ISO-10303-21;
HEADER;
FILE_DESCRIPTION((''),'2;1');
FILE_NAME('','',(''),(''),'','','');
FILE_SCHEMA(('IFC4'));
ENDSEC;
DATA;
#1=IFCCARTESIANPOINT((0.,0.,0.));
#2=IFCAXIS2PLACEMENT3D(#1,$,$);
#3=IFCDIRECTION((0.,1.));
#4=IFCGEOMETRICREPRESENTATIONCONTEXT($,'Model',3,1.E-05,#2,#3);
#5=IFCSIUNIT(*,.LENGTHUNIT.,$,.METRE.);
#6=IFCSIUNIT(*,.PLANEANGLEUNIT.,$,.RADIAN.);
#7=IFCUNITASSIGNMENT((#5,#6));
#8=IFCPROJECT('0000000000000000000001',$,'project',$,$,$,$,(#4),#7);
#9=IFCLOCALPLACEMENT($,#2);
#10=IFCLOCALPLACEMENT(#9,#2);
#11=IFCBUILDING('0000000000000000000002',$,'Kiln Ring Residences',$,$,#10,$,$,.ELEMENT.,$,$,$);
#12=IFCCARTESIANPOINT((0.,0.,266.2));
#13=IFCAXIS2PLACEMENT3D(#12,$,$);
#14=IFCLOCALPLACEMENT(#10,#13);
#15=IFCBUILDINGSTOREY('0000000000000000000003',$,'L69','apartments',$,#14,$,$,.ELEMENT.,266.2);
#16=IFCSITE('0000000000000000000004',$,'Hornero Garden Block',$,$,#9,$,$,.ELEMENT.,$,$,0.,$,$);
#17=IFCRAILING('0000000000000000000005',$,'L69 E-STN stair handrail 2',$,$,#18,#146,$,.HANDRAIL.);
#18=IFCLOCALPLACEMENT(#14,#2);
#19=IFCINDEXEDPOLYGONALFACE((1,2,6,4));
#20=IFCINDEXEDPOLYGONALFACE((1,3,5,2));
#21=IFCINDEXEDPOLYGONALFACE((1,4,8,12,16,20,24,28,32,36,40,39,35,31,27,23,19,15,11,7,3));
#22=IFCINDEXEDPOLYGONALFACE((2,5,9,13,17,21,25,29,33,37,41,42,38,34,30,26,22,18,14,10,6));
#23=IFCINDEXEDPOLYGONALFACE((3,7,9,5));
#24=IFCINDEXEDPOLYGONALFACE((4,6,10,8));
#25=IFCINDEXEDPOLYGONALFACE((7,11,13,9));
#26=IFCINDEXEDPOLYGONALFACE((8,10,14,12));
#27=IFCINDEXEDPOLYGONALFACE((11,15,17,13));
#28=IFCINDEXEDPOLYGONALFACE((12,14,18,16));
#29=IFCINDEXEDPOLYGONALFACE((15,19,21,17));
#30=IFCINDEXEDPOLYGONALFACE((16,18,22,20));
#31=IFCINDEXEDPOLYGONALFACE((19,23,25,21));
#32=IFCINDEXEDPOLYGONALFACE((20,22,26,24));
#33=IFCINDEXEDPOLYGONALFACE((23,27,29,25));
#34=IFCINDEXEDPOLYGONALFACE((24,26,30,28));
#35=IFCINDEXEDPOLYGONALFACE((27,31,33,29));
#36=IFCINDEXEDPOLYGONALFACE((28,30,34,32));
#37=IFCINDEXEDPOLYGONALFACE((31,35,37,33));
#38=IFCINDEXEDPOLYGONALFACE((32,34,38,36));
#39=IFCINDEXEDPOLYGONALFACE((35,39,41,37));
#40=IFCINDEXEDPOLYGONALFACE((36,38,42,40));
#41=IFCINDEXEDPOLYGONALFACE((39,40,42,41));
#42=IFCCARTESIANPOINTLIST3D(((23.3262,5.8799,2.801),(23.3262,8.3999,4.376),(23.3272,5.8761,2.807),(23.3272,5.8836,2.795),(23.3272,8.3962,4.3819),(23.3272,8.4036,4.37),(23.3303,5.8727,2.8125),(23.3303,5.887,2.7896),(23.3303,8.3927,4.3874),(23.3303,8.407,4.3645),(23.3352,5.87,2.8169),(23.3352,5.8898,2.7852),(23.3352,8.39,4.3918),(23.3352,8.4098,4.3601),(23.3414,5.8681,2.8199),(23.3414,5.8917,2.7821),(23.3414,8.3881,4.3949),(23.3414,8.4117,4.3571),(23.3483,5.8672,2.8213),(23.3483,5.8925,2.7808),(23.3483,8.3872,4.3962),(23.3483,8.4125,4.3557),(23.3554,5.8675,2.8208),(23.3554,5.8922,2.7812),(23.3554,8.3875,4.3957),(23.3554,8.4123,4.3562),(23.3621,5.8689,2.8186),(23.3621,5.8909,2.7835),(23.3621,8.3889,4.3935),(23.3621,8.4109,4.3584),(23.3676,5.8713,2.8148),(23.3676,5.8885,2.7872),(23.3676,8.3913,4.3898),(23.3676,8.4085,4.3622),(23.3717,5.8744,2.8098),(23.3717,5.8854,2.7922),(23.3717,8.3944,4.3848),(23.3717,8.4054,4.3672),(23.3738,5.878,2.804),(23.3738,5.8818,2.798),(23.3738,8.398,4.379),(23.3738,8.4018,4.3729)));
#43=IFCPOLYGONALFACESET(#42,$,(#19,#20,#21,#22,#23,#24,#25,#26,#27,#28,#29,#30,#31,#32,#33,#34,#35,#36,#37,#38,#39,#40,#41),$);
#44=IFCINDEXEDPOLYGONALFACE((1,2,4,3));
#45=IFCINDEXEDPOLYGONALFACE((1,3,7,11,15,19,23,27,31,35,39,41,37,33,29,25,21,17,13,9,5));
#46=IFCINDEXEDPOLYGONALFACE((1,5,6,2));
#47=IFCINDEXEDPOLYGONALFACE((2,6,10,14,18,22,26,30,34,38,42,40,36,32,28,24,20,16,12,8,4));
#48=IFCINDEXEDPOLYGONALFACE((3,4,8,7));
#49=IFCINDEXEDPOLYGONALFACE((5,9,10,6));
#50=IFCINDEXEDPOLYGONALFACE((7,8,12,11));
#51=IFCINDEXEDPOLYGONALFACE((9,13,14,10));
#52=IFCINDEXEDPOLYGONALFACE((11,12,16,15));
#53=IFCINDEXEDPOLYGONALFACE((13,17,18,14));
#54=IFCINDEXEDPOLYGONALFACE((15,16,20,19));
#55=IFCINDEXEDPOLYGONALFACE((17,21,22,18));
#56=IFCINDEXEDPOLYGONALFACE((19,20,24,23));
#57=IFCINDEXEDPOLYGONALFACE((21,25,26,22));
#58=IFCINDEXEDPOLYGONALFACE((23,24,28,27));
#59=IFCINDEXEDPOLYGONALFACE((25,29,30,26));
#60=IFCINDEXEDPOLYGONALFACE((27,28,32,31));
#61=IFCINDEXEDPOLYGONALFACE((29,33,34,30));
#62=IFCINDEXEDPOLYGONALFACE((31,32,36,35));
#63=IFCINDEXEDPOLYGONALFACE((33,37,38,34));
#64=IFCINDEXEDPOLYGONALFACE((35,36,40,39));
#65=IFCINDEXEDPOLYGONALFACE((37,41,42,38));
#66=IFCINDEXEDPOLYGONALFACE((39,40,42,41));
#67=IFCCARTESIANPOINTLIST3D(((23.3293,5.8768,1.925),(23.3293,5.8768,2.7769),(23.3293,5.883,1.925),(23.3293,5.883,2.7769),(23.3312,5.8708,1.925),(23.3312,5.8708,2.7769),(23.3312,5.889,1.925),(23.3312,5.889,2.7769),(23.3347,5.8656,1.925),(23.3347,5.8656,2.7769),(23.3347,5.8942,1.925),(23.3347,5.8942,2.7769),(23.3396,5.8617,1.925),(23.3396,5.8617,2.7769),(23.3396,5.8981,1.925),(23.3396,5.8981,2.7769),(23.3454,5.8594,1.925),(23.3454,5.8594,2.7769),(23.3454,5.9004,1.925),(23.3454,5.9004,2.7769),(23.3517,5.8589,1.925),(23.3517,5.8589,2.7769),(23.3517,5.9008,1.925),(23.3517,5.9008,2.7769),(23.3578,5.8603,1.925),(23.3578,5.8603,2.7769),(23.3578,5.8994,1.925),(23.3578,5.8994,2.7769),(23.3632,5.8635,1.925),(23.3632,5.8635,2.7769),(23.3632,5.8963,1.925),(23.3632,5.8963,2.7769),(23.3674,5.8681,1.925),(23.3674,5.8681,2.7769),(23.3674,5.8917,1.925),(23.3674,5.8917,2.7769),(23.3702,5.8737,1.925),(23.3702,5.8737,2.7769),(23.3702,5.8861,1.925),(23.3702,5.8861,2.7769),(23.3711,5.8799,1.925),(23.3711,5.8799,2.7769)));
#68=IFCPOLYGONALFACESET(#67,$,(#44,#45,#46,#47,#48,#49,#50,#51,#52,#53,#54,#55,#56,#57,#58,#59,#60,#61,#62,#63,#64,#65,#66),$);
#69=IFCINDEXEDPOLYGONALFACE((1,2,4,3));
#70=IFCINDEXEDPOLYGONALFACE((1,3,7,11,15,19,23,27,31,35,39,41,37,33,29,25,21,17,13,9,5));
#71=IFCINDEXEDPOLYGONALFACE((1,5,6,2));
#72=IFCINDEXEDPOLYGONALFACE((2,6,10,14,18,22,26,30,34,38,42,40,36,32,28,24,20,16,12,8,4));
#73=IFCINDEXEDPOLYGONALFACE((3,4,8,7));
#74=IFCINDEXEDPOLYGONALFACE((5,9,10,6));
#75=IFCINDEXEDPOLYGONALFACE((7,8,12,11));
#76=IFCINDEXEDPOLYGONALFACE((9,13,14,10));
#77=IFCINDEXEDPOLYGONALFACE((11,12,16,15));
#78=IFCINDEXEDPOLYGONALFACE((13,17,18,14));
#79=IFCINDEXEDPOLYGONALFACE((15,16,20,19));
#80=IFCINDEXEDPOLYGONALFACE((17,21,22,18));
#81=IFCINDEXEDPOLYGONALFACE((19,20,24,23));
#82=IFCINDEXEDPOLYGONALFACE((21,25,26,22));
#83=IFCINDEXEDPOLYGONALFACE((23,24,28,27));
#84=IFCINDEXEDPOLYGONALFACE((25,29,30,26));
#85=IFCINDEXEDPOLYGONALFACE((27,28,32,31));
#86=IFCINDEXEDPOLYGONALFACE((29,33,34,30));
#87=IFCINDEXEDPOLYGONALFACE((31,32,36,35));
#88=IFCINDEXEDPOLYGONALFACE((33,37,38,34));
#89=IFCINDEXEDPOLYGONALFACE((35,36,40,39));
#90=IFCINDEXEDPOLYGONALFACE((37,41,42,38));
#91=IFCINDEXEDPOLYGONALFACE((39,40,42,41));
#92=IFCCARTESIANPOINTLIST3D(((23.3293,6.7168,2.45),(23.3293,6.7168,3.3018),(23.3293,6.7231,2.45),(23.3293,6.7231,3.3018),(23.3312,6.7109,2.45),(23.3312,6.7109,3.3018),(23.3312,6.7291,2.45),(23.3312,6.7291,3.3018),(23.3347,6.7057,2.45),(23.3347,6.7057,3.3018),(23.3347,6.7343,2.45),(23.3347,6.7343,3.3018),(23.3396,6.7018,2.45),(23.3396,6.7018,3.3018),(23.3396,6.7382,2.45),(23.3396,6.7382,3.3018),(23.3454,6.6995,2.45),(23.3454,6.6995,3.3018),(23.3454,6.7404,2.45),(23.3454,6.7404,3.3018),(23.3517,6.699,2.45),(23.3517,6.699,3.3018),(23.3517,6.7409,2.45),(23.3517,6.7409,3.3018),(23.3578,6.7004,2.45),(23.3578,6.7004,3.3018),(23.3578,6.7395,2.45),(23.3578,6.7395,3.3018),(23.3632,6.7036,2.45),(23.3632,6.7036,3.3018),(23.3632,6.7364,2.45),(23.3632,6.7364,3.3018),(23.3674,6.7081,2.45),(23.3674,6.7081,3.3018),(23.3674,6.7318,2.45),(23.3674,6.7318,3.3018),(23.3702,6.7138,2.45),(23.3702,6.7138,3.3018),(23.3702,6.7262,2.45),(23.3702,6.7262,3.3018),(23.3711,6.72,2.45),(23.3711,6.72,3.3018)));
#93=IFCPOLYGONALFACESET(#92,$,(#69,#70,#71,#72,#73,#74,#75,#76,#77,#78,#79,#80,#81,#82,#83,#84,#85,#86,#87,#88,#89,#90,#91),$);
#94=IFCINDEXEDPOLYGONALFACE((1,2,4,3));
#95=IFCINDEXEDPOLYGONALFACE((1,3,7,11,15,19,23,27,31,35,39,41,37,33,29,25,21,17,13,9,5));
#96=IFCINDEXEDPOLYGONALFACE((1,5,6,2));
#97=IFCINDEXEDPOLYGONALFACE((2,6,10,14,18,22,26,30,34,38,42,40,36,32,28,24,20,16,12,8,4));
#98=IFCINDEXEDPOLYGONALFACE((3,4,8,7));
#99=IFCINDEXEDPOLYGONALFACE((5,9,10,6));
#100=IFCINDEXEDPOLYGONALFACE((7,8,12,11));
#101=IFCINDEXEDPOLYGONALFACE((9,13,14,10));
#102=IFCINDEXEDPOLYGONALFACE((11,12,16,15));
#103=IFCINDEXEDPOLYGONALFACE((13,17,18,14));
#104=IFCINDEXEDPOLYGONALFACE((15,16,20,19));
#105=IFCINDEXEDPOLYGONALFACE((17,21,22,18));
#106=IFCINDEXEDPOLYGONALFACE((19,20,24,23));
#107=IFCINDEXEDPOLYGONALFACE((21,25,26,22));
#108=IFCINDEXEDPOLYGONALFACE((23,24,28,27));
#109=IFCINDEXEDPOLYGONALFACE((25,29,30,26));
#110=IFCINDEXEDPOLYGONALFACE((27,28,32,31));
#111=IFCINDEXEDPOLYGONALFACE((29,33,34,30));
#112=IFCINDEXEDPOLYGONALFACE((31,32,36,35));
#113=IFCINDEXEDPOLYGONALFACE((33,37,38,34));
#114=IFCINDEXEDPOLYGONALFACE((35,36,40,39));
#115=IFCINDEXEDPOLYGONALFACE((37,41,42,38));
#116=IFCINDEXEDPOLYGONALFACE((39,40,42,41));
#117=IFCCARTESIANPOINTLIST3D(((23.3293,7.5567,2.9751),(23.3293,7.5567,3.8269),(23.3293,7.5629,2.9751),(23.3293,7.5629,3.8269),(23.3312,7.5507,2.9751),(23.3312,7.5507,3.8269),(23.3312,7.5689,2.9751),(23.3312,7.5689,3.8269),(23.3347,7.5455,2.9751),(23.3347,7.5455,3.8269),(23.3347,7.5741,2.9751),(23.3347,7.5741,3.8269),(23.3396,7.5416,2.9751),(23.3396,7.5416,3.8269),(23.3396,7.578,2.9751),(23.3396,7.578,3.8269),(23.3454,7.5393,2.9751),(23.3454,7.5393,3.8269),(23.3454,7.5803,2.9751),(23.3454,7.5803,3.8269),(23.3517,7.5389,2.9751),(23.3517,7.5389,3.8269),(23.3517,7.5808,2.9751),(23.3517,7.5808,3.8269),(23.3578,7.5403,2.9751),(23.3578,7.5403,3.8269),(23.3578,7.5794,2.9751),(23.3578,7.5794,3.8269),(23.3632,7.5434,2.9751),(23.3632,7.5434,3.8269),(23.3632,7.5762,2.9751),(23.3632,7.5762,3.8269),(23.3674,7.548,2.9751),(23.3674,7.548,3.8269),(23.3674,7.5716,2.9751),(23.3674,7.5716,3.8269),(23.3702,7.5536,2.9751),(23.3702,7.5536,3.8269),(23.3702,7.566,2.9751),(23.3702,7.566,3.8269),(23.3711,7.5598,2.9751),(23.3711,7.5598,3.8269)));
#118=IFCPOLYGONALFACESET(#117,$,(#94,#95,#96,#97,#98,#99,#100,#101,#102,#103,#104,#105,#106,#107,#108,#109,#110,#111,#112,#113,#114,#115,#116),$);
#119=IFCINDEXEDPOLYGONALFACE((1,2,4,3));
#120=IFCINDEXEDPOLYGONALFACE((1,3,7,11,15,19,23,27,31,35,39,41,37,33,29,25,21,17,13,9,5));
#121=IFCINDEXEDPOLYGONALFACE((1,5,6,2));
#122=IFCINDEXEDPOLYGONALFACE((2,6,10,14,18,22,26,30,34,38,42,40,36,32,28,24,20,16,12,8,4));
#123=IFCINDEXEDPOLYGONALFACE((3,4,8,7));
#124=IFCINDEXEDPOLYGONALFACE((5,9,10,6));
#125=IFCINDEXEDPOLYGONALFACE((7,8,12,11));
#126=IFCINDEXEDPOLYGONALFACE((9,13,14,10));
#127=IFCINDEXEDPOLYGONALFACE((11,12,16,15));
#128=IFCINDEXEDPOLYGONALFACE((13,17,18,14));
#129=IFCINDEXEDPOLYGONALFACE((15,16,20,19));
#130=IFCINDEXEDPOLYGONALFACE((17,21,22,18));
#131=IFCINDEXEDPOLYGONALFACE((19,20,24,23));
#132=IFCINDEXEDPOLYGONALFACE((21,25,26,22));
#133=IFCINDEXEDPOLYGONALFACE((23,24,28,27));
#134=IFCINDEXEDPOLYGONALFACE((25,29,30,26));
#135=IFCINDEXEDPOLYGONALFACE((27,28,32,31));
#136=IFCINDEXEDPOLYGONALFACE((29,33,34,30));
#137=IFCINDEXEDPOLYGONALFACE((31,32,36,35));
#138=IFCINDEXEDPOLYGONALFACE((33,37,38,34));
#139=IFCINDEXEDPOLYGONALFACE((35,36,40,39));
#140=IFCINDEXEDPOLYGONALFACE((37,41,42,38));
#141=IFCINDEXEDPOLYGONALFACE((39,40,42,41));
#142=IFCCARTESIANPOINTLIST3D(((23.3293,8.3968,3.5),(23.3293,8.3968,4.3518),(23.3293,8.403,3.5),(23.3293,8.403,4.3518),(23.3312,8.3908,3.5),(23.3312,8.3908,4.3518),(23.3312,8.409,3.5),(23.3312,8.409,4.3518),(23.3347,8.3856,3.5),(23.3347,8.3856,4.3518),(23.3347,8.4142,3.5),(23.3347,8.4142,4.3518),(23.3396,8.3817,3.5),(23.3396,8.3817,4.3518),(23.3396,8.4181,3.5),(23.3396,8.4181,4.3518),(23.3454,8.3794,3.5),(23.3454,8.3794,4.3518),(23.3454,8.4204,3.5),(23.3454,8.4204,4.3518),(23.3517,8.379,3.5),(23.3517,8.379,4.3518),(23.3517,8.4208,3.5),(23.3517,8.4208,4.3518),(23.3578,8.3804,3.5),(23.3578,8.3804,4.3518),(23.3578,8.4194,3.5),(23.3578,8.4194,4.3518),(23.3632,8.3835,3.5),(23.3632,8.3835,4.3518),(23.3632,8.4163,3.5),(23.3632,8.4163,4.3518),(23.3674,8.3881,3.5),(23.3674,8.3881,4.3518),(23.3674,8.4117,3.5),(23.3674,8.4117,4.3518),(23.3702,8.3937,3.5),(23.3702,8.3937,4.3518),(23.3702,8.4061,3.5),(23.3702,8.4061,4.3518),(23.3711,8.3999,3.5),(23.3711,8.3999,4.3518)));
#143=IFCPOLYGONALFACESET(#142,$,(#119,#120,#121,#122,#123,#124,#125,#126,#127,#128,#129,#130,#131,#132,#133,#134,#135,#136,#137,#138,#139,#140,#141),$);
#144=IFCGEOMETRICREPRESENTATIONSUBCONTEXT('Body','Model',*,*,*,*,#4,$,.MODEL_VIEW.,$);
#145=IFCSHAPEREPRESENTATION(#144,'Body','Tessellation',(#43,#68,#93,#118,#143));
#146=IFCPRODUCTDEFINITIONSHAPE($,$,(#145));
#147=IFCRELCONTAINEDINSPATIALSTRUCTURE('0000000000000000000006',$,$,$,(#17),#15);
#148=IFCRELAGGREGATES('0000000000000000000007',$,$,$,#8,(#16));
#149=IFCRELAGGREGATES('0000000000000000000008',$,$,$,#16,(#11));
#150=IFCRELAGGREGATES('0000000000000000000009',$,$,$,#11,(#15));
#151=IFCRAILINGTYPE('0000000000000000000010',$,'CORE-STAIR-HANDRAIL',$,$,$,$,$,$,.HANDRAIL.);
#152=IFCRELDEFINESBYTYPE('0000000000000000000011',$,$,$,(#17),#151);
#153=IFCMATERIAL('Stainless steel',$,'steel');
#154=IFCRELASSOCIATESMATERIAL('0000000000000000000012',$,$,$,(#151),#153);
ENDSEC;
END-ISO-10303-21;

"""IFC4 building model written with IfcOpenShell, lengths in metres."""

from ifc_helpers import new_model, si_unit, direction, frame, origin, origin_2d, place, context, subcontext, project, spatial, circle, extrude, material, type_object, element, save


model = new_model("IFC4")

# Units and contexts
model_context = context("Model", 3, precision=1e-05, world=origin(), true_north=direction((0.0, 1.0)))
body_context = subcontext(model_context, "Body", "Model", "MODEL_VIEW")
ifc_project = project(units=[si_unit("LENGTHUNIT", "METRE"), si_unit("PLANEANGLEUNIT", "RADIAN")], contexts=[model_context])

# Site, building, storey
site_placement = place(None, origin())
site = spatial("IfcSite", under=ifc_project, at=site_placement, Name="Hornero Garden Block", CompositionType="ELEMENT", RefElevation=0.0)
building_placement = place(site_placement, origin())
building = spatial("IfcBuilding", under=site, at=building_placement, Name="Kiln Ring Residences", CompositionType="ELEMENT")
storey_placement = place(building_placement, frame((0.0, 0.0, 266.2)))
storey = spatial("IfcBuildingStorey", under=building, at=storey_placement, Name="L69", Description="apartments", CompositionType="ELEMENT", Elevation=266.2)

# Railing
ifc_material_1 = material(Name="Stainless steel", Category="steel")
railing_type_1 = type_object("IfcRailingType", Name="CORE-STAIR-HANDRAIL", PredefinedType="HANDRAIL", material=ifc_material_1)
railing_1_placement = place(storey_placement, frame((23.3501, 5.8799, 1.925)))
element("IfcRailing", 1, at=railing_1_placement, inside=storey, type_object=railing_type_1, Name="L69 E-STN stair handrail 2", PredefinedType="HANDRAIL", context=body_context, shape_type="SweptSolid", body=[
    extrude(circle(Radius=0.0239, at=origin_2d()), frame((0.0, 0.0, 0.876), z_axis=(0.0, 0.848008, 0.529984), x_axis=(-1.0, 0.0, 0.0)), (0.0, 0.0, 1.0), 2.9717),
    extrude(circle(Radius=0.021, at=origin_2d()), origin(), (0.0, 0.0, 1.0), 0.8518),
    extrude(circle(Radius=0.021, at=origin_2d()), frame((0.0, 0.8401, 0.5249)), (0.0, 0.0, 1.0), 0.8518),
    extrude(circle(Radius=0.021, at=origin_2d()), frame((0.0, 1.6799, 1.05)), (0.0, 0.0, 1.0), 0.8518),
    extrude(circle(Radius=0.021, at=origin_2d()), frame((0.0, 2.52, 1.575)), (0.0, 0.0, 1.0), 0.8518),
])

save(model, "model.ifc")
